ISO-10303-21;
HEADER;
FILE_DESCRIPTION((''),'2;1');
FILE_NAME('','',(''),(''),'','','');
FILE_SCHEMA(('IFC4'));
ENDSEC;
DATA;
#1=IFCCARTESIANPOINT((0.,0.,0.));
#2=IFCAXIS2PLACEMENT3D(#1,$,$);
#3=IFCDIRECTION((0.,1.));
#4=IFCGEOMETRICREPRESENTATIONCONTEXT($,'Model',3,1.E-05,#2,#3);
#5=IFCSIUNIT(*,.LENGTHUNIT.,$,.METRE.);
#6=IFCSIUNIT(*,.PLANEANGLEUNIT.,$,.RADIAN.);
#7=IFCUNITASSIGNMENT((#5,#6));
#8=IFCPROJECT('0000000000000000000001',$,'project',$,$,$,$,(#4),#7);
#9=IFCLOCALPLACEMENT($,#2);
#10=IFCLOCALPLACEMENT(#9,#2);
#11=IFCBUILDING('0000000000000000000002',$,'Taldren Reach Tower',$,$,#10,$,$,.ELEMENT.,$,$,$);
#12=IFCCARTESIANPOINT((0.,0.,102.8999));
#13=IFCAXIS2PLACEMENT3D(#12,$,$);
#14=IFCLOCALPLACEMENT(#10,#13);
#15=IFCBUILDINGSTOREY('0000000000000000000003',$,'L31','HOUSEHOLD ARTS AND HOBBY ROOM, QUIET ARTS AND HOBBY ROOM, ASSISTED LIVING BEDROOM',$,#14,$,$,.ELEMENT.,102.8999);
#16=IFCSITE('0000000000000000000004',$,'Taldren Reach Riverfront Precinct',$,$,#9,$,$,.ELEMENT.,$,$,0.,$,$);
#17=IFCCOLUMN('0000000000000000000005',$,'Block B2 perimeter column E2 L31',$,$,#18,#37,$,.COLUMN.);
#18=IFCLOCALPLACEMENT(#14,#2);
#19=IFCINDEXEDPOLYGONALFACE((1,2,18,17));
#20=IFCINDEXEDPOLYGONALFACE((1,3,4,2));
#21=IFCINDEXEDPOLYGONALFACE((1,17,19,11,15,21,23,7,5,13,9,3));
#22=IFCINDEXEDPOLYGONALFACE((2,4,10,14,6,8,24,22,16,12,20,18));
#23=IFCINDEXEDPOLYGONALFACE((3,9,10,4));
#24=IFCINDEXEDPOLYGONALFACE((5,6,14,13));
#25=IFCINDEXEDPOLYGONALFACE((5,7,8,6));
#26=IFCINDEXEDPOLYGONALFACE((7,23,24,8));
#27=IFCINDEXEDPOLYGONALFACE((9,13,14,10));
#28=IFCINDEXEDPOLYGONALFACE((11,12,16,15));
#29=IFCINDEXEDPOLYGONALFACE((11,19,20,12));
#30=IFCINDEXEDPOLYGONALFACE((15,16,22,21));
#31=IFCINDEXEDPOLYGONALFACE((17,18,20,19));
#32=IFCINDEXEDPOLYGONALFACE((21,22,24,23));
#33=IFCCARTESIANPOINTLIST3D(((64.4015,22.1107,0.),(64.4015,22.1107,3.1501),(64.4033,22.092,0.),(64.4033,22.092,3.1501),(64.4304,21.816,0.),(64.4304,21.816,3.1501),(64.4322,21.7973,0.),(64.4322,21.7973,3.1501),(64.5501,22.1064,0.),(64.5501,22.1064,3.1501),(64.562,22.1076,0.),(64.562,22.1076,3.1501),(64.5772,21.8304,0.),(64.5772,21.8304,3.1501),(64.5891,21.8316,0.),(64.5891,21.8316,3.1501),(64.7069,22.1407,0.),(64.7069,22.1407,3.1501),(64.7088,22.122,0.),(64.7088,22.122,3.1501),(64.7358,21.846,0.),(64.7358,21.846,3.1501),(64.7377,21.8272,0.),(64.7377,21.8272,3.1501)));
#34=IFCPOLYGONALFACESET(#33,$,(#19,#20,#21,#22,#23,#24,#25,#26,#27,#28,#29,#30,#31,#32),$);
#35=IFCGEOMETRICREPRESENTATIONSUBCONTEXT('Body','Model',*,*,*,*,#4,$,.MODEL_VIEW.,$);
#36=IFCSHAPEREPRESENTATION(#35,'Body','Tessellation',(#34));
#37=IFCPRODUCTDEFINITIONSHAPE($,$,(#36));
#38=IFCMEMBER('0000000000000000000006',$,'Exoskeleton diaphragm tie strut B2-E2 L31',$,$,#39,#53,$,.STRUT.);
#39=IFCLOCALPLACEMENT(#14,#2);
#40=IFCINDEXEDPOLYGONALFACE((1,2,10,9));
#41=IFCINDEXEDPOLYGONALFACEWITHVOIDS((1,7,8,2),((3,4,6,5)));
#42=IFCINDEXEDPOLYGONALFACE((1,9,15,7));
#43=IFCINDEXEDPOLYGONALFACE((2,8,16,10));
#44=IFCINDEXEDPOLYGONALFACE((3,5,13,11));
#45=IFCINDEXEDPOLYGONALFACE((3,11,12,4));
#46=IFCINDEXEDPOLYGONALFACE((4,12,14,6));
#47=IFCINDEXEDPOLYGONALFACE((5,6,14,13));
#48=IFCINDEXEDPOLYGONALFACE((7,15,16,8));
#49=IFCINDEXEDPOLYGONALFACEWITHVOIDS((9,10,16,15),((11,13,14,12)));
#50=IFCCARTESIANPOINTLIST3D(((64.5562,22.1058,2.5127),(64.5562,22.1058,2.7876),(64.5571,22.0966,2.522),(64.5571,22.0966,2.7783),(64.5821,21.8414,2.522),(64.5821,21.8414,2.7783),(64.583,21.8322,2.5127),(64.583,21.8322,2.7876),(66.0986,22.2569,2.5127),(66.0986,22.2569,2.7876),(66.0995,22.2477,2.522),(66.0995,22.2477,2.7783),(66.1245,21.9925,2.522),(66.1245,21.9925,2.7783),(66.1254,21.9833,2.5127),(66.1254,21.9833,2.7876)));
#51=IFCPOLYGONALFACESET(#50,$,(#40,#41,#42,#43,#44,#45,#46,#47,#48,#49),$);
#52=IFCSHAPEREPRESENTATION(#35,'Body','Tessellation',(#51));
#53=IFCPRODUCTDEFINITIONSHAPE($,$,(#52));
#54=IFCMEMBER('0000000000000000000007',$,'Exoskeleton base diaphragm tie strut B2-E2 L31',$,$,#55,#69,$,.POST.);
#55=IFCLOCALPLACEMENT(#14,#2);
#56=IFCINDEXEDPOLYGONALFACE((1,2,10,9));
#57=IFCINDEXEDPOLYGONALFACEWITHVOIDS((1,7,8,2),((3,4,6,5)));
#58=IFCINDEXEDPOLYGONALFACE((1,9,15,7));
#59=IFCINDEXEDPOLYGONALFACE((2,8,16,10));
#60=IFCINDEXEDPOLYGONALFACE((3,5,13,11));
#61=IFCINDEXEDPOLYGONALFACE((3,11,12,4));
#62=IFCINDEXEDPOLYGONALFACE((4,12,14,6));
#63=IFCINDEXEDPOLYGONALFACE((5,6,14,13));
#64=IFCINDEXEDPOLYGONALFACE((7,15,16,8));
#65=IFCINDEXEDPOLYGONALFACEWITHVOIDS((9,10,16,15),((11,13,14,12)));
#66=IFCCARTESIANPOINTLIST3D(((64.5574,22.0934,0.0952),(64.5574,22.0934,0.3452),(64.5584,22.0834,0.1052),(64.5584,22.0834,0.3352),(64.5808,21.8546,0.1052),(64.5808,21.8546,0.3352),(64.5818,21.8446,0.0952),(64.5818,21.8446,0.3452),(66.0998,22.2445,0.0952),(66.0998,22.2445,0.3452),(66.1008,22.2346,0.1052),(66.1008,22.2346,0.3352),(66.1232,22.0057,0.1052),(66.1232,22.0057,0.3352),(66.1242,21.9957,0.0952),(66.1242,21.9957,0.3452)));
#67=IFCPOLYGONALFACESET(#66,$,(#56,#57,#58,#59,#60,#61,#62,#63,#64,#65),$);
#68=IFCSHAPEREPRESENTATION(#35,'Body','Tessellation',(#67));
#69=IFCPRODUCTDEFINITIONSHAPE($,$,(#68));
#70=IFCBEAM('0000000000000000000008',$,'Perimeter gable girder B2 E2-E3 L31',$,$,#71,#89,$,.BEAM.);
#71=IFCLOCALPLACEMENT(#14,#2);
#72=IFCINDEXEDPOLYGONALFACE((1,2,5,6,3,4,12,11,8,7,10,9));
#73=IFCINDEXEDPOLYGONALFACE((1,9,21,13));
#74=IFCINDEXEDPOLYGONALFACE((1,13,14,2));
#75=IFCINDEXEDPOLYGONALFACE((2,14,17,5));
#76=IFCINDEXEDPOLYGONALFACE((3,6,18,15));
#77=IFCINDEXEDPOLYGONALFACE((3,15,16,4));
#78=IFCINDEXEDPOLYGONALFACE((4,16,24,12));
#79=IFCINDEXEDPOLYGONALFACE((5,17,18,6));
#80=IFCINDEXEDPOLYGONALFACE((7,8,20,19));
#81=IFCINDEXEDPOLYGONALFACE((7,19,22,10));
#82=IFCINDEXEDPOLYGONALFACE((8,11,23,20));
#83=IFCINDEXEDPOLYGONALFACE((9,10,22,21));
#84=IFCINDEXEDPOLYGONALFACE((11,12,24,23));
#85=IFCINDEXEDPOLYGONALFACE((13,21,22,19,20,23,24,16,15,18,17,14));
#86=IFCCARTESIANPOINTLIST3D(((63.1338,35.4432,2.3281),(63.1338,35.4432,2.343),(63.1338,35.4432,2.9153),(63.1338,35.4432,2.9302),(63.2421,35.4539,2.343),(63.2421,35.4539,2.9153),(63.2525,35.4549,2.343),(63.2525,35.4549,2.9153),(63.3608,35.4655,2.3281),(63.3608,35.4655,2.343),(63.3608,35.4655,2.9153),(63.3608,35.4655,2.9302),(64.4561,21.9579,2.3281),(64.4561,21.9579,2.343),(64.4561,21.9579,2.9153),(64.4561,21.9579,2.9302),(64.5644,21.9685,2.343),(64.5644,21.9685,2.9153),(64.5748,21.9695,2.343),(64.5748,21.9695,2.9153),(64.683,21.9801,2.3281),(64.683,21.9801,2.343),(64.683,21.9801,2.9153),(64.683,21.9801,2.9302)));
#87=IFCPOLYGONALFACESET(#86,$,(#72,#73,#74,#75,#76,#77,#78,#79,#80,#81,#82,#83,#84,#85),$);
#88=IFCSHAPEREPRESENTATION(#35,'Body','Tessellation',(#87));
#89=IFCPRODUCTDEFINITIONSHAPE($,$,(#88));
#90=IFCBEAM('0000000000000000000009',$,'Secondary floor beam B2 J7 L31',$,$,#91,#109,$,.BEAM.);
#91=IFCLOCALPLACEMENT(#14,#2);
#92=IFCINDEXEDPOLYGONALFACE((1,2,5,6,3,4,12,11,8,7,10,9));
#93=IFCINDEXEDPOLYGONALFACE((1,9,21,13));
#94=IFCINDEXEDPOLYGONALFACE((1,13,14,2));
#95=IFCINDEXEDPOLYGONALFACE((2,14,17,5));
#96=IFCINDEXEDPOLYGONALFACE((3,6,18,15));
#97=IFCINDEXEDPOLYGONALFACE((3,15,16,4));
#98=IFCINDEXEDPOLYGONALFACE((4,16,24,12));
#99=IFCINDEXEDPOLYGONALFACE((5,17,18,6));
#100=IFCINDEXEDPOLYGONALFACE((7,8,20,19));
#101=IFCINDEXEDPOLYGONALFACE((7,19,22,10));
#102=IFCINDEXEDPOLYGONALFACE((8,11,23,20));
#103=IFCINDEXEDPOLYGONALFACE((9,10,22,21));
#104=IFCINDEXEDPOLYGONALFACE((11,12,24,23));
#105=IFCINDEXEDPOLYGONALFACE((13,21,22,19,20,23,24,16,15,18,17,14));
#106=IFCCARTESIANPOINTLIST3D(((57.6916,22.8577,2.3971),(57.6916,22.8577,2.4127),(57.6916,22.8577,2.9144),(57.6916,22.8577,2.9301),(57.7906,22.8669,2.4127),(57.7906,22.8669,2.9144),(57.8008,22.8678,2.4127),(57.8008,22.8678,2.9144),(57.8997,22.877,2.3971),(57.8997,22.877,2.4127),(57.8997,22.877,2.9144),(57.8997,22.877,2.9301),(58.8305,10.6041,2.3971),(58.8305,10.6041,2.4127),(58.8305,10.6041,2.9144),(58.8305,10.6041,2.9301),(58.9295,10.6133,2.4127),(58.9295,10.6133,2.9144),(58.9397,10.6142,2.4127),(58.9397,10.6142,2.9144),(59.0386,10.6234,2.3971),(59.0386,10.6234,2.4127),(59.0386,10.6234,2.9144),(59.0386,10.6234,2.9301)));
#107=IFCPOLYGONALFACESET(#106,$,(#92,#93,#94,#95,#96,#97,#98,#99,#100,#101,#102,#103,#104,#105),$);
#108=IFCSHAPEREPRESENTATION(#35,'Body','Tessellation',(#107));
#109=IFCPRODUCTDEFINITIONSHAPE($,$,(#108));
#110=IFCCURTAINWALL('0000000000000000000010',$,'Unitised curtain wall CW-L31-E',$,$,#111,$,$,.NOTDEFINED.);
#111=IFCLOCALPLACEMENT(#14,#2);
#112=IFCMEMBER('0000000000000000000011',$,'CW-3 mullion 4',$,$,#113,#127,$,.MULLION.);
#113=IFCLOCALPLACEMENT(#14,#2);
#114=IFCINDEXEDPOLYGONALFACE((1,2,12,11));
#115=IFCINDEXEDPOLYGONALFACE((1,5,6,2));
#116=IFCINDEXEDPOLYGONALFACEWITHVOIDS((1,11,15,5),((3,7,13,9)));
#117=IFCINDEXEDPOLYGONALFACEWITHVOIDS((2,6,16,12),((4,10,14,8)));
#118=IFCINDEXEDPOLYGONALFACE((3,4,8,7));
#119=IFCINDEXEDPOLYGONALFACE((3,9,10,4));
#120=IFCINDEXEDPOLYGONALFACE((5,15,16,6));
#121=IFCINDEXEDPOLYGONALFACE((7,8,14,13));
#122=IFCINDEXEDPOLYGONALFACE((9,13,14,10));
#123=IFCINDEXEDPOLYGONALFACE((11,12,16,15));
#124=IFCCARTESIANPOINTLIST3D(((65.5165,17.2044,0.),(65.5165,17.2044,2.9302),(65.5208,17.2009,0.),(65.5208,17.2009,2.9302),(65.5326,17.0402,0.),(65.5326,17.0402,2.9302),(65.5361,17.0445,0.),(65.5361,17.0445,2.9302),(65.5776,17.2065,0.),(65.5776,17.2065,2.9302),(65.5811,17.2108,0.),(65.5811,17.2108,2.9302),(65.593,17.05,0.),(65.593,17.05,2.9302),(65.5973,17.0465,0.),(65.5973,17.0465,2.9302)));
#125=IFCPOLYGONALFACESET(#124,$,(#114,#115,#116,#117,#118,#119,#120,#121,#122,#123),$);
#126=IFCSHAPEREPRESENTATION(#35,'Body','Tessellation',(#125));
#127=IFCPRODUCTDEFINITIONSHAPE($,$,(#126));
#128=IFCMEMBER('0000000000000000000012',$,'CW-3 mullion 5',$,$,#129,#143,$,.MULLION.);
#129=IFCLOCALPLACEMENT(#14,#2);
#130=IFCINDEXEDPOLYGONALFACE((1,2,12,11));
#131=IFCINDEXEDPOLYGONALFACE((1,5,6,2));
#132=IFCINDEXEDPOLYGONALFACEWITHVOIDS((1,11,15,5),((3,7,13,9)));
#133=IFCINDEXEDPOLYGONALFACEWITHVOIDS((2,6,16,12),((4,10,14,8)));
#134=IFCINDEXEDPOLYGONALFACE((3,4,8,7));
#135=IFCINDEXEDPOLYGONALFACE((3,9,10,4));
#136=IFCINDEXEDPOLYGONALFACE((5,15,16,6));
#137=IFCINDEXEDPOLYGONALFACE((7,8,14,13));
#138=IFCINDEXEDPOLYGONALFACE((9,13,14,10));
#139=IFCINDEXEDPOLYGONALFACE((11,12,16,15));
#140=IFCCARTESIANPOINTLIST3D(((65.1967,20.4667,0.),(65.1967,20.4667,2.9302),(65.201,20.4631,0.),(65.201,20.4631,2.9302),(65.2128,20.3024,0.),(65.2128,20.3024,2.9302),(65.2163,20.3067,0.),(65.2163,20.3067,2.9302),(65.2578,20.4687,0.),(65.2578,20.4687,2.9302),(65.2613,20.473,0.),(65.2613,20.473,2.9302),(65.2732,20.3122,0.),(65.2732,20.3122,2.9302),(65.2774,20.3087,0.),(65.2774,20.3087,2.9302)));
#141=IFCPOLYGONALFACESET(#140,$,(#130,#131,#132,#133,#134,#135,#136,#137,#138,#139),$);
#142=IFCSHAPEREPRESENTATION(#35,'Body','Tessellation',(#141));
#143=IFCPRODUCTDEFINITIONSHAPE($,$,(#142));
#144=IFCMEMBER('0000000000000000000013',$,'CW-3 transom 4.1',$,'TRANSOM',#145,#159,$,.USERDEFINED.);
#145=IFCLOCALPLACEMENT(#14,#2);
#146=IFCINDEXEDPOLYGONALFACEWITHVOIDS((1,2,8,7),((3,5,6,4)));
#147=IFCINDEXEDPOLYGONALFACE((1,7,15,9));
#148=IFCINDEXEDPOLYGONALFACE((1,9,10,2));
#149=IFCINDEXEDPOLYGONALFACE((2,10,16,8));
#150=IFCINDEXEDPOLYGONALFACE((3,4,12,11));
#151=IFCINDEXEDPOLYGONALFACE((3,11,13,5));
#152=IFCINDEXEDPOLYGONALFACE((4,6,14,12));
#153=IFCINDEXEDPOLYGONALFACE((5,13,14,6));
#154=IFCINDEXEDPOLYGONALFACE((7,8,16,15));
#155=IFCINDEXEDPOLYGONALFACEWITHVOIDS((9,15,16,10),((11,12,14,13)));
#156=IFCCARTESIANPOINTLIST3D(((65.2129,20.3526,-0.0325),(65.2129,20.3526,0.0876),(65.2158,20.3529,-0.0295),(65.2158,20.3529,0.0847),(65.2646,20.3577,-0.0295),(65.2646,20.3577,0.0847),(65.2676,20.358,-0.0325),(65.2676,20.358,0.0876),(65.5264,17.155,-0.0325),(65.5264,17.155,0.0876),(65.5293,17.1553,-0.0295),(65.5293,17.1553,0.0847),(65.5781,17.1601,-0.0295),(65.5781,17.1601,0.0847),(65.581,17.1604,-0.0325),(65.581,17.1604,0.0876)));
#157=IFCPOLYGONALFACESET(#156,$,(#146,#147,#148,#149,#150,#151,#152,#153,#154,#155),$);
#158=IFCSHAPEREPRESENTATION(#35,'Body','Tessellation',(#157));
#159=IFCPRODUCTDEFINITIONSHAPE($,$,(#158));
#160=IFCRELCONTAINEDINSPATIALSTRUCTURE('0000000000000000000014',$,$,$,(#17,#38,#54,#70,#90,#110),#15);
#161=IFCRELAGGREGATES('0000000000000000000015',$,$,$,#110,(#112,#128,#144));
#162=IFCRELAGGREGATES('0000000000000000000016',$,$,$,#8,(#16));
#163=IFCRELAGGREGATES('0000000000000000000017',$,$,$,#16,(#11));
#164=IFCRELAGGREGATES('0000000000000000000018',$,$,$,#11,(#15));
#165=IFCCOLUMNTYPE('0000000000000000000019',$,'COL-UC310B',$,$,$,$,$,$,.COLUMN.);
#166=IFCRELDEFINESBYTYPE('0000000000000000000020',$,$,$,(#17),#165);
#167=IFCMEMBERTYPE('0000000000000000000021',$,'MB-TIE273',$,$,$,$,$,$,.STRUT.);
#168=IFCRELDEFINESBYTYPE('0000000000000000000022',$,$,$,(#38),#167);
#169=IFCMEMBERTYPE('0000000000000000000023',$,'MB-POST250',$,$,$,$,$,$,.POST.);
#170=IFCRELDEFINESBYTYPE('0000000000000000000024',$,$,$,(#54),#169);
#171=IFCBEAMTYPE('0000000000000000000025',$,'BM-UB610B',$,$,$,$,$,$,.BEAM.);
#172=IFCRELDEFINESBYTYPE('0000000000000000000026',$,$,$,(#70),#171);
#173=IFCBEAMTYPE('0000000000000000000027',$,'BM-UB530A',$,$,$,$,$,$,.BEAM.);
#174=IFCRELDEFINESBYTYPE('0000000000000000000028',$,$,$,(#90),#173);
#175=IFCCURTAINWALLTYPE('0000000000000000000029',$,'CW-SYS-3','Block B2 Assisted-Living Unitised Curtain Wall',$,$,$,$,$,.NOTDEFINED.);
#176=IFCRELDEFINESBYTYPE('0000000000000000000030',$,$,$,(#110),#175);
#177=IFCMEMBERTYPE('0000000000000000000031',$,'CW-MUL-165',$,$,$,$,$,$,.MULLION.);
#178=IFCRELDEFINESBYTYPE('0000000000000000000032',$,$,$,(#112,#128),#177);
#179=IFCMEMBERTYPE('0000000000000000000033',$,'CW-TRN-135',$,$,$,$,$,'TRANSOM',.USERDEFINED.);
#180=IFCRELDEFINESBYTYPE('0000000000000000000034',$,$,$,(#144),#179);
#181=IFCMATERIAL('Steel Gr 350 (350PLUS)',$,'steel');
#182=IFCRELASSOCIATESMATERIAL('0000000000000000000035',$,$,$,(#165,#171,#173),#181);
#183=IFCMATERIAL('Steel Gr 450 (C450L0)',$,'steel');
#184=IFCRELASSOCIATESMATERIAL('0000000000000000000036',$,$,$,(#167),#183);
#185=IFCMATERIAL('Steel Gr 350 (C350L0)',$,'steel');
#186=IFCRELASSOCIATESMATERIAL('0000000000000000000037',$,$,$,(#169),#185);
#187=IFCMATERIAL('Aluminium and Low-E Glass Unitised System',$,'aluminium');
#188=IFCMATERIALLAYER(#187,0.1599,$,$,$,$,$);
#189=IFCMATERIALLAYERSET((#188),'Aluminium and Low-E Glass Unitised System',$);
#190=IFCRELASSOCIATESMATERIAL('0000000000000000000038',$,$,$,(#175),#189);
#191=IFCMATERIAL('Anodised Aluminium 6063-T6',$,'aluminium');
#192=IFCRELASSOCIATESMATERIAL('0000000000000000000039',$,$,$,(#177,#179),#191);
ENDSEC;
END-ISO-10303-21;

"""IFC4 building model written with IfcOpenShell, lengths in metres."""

from ifc_helpers import new_model, si_unit, direction, frame, origin, origin_2d, place, context, subcontext, project, spatial, hollow_rectangle, i_section, extrude, source, transform, mapped, material, layer, layer_set, material_profile, profile_set, type_object, element, aggregate, save


model = new_model("IFC4")

# Units and contexts
model_context = context("Model", 3, precision=1e-05, world=origin(), true_north=direction((0.0, 1.0)))
body_context = subcontext(model_context, "Body", "Model", "MODEL_VIEW")
ifc_project = project(units=[si_unit("LENGTHUNIT", "METRE"), si_unit("PLANEANGLEUNIT", "RADIAN")], contexts=[model_context])

# Site, building, storey
site_placement = place(None, origin())
site = spatial("IfcSite", under=ifc_project, at=site_placement, Name="Taldren Reach Riverfront Precinct", CompositionType="ELEMENT", RefElevation=0.0)
building_placement = place(site_placement, origin())
building = spatial("IfcBuilding", under=site, at=building_placement, Name="Taldren Reach Tower", CompositionType="ELEMENT")
storey_placement = place(building_placement, frame((0.0, 0.0, 102.8999)))
storey = spatial("IfcBuildingStorey", under=building, at=storey_placement, Name="L31", Description="HOUSEHOLD ARTS AND HOBBY ROOM, QUIET ARTS AND HOBBY ROOM, ASSISTED LIVING BEDROOM", CompositionType="ELEMENT", Elevation=102.8999)

# Column
ifc_material_1 = material(Name="Steel Gr 350 (350PLUS)", Category="steel")
ifc_material_profile_1 = material_profile(ifc_material_1, i_section(OverallWidth=0.3069, OverallDepth=0.3149, WebThickness=0.012, FlangeThickness=0.0188, at=origin_2d()), Name="310UC118")
ifc_profile_set_1 = profile_set([ifc_material_profile_1], Name="Steel Gr 350 (350PLUS)")
column_type = type_object("IfcColumnType", Name="COL-UC310B", PredefinedType="COLUMN", material=ifc_profile_set_1)
shared_shape_1 = source(origin(), body_context, "Body", "SweptSolid", [
    extrude(i_section(OverallWidth=0.3069, OverallDepth=0.3149, WebThickness=0.012, FlangeThickness=0.0188, at=origin_2d()), origin(), (0.0, 0.0, 1.0), 3.1501),
])
column_placement = place(storey_placement, frame((64.5696, 21.969, 0.0), z_axis=(0.0, 0.0, 1.0), x_axis=(0.995227, 0.097583, 0.0)))
element("IfcColumn", 1, at=column_placement, inside=storey, type_object=column_type, Name="Block B2 perimeter column E2 L31", PredefinedType="COLUMN", context=body_context, shape_type="MappedRepresentation", body=[
    mapped(shared_shape_1, transform((0.0, 0.0, 0.0), scale=1.0)),
])

# Members
ifc_material_2 = material(Name="Steel Gr 450 (C450L0)", Category="steel")
ifc_material_profile_2 = material_profile(ifc_material_2, hollow_rectangle(XDim=0.2749, YDim=0.2749, WallThickness=0.0093, at=origin_2d()), Name="275x275x9.3SHS")
ifc_profile_set_2 = profile_set([ifc_material_profile_2], Name="Steel Gr 450 (C450L0)")
member_type_1 = type_object("IfcMemberType", Name="MB-TIE273", PredefinedType="STRUT", material=ifc_profile_set_2)
shared_shape_2 = source(origin(), body_context, "Body", "SweptSolid", [
    extrude(hollow_rectangle(XDim=0.2749, YDim=0.2749, WallThickness=0.0093, at=origin_2d()), origin(), (0.0, 0.0, 1.0), 1.5498),
])
member_1_placement = place(storey_placement, frame((64.5696, 21.969, 2.6501), z_axis=(0.995235, 0.097507, 0.0), x_axis=(-0.097507, 0.995235, 0.0)))
element("IfcMember", 2, at=member_1_placement, inside=storey, type_object=member_type_1, Name="Exoskeleton diaphragm tie strut B2-E2 L31", PredefinedType="STRUT", context=body_context, shape_type="MappedRepresentation", body=[
    mapped(shared_shape_2, transform((0.0, 0.0, 0.0), scale=1.0)),
])
ifc_material_3 = material(Name="Steel Gr 350 (C350L0)", Category="steel")
ifc_material_profile_3 = material_profile(ifc_material_3, hollow_rectangle(XDim=0.25, YDim=0.25, WallThickness=0.01, at=origin_2d()), Name="250x250x10.0SHS")
ifc_profile_set_3 = profile_set([ifc_material_profile_3], Name="Steel Gr 350 (C350L0)")
member_type_2 = type_object("IfcMemberType", Name="MB-POST250", PredefinedType="POST", material=ifc_profile_set_3)
shared_shape_3 = source(origin(), body_context, "Body", "SweptSolid", [
    extrude(hollow_rectangle(XDim=0.25, YDim=0.25, WallThickness=0.01, at=origin_2d()), origin(), (0.0, 0.0, 1.0), 1.5498),
])
member_2_placement = place(storey_placement, frame((64.5696, 21.969, 0.2202), z_axis=(0.995235, 0.097507, 0.0), x_axis=(-0.097507, 0.995235, 0.0)))
element("IfcMember", 3, at=member_2_placement, inside=storey, type_object=member_type_2, Name="Exoskeleton base diaphragm tie strut B2-E2 L31", PredefinedType="POST", context=body_context, shape_type="MappedRepresentation", body=[
    mapped(shared_shape_3, transform((0.0, 0.0, 0.0), scale=1.0)),
])

# Beams
ifc_material_profile_4 = material_profile(ifc_material_1, i_section(OverallWidth=0.228, OverallDepth=0.6021, WebThickness=0.0105, FlangeThickness=0.0149, at=origin_2d()), Name="610UB101")
ifc_profile_set_4 = profile_set([ifc_material_profile_4], Name="Steel Gr 350 (350PLUS)")
beam_type_1 = type_object("IfcBeamType", Name="BM-UB610B", PredefinedType="BEAM", material=ifc_profile_set_4)
shared_shape_4 = source(origin(), body_context, "Body", "SweptSolid", [
    extrude(i_section(OverallWidth=0.228, OverallDepth=0.6021, WebThickness=0.0105, FlangeThickness=0.0149, at=origin_2d()), origin(), (0.0, 0.0, 1.0), 13.55),
])
beam_1_placement = place(storey_placement, frame((64.5696, 21.969, 2.6292), z_axis=(-0.097584, 0.995227, 0.0), x_axis=(-0.995227, -0.097584, 0.0)))
element("IfcBeam", 4, at=beam_1_placement, inside=storey, type_object=beam_type_1, Name="Perimeter gable girder B2 E2-E3 L31", PredefinedType="BEAM", context=body_context, shape_type="MappedRepresentation", body=[
    mapped(shared_shape_4, transform((0.0, 0.0, 0.0), scale=1.0)),
])
ifc_material_profile_5 = material_profile(ifc_material_1, i_section(OverallWidth=0.209, OverallDepth=0.533, WebThickness=0.0103, FlangeThickness=0.0156, at=origin_2d()), Name="530UB92.4")
ifc_profile_set_5 = profile_set([ifc_material_profile_5], Name="Steel Gr 350 (350PLUS)")
beam_type_2 = type_object("IfcBeamType", Name="BM-UB530A", PredefinedType="BEAM", material=ifc_profile_set_5)
shared_shape_5 = source(origin(), body_context, "Body", "SweptSolid", [
    extrude(i_section(OverallWidth=0.209, OverallDepth=0.533, WebThickness=0.0103, FlangeThickness=0.0156, at=origin_2d()), origin(), (0.0, 0.0, 1.0), 12.3064),
])
beam_2_placement = place(storey_placement, frame((58.9346, 10.6138, 2.6636), z_axis=(-0.092546, 0.995708, 0.0), x_axis=(-0.995708, -0.092546, 0.0)))
element("IfcBeam", 5, at=beam_2_placement, inside=storey, type_object=beam_type_2, Name="Secondary floor beam B2 J7 L31", PredefinedType="BEAM", context=body_context, shape_type="MappedRepresentation", body=[
    mapped(shared_shape_5, transform((0.0, 0.0, 0.0), scale=1.0)),
])

# Curtain wall, members
ifc_material_4 = material(Name="Aluminium and Low-E Glass Unitised System", Category="aluminium")
ifc_layer_1 = layer(ifc_material_4, 0.1599)
ifc_layer_set_1 = layer_set([ifc_layer_1], Name="Aluminium and Low-E Glass Unitised System")
curtain_wall_type = type_object("IfcCurtainWallType", Name="CW-SYS-3", Description="Block B2 Assisted-Living Unitised Curtain Wall", PredefinedType="NOTDEFINED", material=ifc_layer_set_1)
curtain_wall_placement = place(storey_placement, origin())
curtain_wall = element("IfcCurtainWall", 6, at=curtain_wall_placement, inside=storey, type_object=curtain_wall_type, Name="Unitised curtain wall CW-L31-E", PredefinedType="NOTDEFINED")
ifc_material_5 = material(Name="Anodised Aluminium 6063-T6", Category="aluminium")
ifc_material_profile_6 = material_profile(ifc_material_5, hollow_rectangle(XDim=0.0649, YDim=0.165, WallThickness=0.0039, at=origin_2d()), Name="ALU-165x65x4RHS")
ifc_profile_set_6 = profile_set([ifc_material_profile_6], Name="Anodised Aluminium 6063-T6")
member_type_3 = type_object("IfcMemberType", Name="CW-MUL-165", PredefinedType="MULLION", material=ifc_profile_set_6)
shared_shape_6 = source(origin(), body_context, "Body", "SweptSolid", [
    extrude(hollow_rectangle(XDim=0.0649, YDim=0.165, WallThickness=0.0039, at=origin_2d()), origin(), (0.0, 0.0, 1.0), 2.9302),
])
member_3_placement = place(storey_placement, frame((65.5569, 17.1255, 0.0), z_axis=(0.0, 0.0, 1.0), x_axis=(-0.995227, -0.097583, 0.0)))
member_3 = element("IfcMember", 7, at=member_3_placement, type_object=member_type_3, Name="CW-3 mullion 4", PredefinedType="MULLION", context=body_context, shape_type="MappedRepresentation", body=[
    mapped(shared_shape_6, transform((0.0, 0.0, 0.0), scale=1.0)),
])
member_4_placement = place(storey_placement, frame((65.2371, 20.3877, 0.0), z_axis=(0.0, 0.0, 1.0), x_axis=(-0.995227, -0.097583, 0.0)))
member_4 = element("IfcMember", 8, at=member_4_placement, type_object=member_type_3, Name="CW-3 mullion 5", PredefinedType="MULLION", context=body_context, shape_type="MappedRepresentation", body=[
    mapped(shared_shape_6, transform((0.0, 0.0, 0.0), scale=1.0)),
])
ifc_material_profile_7 = material_profile(ifc_material_5, hollow_rectangle(XDim=0.0549, YDim=0.1201, WallThickness=0.0029, at=origin_2d()), Name="ALU-120x55x3RHS")
ifc_profile_set_7 = profile_set([ifc_material_profile_7], Name="Anodised Aluminium 6063-T6")
member_type_4 = type_object("IfcMemberType", Name="CW-TRN-135", ElementType="TRANSOM", PredefinedType="USERDEFINED", material=ifc_profile_set_7)
shared_shape_7 = source(origin(), body_context, "Body", "SweptSolid", [
    extrude(hollow_rectangle(XDim=0.0549, YDim=0.1201, WallThickness=0.0029, at=origin_2d()), origin(), (0.0, 0.0, 1.0), 3.2129),
])
member_5_placement = place(storey_placement, frame((65.5537, 17.1577, 0.0276), z_axis=(-0.09757, 0.995229, 0.0), x_axis=(-0.995229, -0.09757, 0.0)))
member_5 = element("IfcMember", 9, at=member_5_placement, type_object=member_type_4, Name="CW-3 transom 4.1", ObjectType="TRANSOM", PredefinedType="USERDEFINED", context=body_context, shape_type="MappedRepresentation", body=[
    mapped(shared_shape_7, transform((0.0, 0.0, 0.0), scale=1.0)),
])
aggregate(curtain_wall, [member_3, member_4, member_5])

save(model, "model.ifc")
